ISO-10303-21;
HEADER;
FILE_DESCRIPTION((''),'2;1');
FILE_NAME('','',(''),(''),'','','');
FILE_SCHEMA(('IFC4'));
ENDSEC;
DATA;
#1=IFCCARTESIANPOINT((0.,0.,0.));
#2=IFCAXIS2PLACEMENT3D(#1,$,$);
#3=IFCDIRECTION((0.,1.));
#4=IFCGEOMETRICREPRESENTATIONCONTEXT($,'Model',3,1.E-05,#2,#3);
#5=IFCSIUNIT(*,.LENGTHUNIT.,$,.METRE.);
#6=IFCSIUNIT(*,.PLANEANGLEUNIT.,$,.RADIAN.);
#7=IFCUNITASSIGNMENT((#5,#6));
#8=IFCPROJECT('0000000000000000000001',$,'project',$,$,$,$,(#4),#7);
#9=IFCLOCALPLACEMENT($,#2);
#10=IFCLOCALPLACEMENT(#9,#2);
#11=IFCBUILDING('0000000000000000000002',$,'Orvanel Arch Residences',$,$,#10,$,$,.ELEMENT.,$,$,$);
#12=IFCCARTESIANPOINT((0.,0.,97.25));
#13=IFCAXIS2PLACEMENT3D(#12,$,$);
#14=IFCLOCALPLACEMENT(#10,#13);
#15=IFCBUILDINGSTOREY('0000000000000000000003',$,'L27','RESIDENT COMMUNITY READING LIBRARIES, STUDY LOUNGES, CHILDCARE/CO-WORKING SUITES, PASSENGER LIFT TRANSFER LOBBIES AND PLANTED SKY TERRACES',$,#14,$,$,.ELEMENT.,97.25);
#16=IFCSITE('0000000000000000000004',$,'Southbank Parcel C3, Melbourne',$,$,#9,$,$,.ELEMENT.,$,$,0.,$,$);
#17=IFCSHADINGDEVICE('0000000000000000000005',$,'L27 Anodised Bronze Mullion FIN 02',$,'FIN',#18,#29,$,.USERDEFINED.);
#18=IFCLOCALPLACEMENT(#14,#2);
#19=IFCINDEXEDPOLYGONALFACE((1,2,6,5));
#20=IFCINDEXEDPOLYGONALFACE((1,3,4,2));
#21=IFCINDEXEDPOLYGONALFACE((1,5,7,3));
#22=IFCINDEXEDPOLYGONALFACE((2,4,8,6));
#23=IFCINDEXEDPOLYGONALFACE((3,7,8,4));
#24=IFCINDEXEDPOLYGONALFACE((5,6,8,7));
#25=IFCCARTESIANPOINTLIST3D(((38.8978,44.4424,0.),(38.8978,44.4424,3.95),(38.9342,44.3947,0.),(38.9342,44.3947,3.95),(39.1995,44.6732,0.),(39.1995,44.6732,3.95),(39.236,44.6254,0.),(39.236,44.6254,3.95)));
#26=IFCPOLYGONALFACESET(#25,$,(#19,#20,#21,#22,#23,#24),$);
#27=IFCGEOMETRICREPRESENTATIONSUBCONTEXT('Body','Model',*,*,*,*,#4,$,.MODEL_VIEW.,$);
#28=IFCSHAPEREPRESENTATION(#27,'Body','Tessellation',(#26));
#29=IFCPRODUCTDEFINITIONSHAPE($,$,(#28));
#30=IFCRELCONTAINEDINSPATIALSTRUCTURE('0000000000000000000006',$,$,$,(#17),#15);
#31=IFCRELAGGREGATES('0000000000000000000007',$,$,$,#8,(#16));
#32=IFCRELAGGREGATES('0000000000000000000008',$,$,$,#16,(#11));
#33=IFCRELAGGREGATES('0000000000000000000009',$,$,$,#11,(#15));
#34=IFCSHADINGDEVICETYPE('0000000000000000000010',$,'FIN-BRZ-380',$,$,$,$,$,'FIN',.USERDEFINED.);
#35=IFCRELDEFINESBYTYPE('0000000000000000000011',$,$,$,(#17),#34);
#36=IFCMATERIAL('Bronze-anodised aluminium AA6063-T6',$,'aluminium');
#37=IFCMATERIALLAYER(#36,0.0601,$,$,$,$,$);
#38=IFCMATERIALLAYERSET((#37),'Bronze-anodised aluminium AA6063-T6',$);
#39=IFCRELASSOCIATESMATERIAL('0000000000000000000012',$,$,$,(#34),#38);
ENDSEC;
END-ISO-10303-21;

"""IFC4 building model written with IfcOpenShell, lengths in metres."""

from ifc_helpers import new_model, si_unit, direction, frame, origin, origin_2d, place, context, subcontext, project, spatial, rectangle, extrude, material, layer, layer_set, type_object, element, save


model = new_model("IFC4")

# Units and contexts
model_context = context("Model", 3, precision=1e-05, world=origin(), true_north=direction((0.0, 1.0)))
body_context = subcontext(model_context, "Body", "Model", "MODEL_VIEW")
ifc_project = project(units=[si_unit("LENGTHUNIT", "METRE"), si_unit("PLANEANGLEUNIT", "RADIAN")], contexts=[model_context])

# Site, building, storey
site_placement = place(None, origin())
site = spatial("IfcSite", under=ifc_project, at=site_placement, Name="Southbank Parcel C3, Melbourne", CompositionType="ELEMENT", RefElevation=0.0)
building_placement = place(site_placement, origin())
building = spatial("IfcBuilding", under=site, at=building_placement, Name="Orvanel Arch Residences", CompositionType="ELEMENT")
storey_placement = place(building_placement, frame((0.0, 0.0, 97.25)))
storey = spatial("IfcBuildingStorey", under=building, at=storey_placement, Name="L27", Description="RESIDENT COMMUNITY READING LIBRARIES, STUDY LOUNGES, CHILDCARE/CO-WORKING SUITES, PASSENGER LIFT TRANSFER LOBBIES AND PLANTED SKY TERRACES", CompositionType="ELEMENT", Elevation=97.25)

# Shared definitions
ifc_material_1 = material(Name="Bronze-anodised aluminium AA6063-T6", Category="aluminium")

# Shading device
ifc_layer_1 = layer(ifc_material_1, 0.0601)
ifc_layer_set_1 = layer_set([ifc_layer_1], Name="Bronze-anodised aluminium AA6063-T6")
shading_device_type = type_object("IfcShadingDeviceType", Name="FIN-BRZ-380", ElementType="FIN", PredefinedType="USERDEFINED", material=ifc_layer_set_1)
for number, where, z_axis, x_axis, name in (
    (1, (39.0669, 44.5339, 0.0), (0.0, 0.0, 1.0), (0.794415, 0.607376, 0.0), "L27 Anodised Bronze Mullion FIN 02"),
):
    element("IfcShadingDevice", number, at=place(storey_placement, frame(where, z_axis=z_axis, x_axis=x_axis)), inside=storey, type_object=shading_device_type, Name=name, ObjectType="FIN", PredefinedType="USERDEFINED", context=body_context, shape_type="SweptSolid", body=[
        extrude(rectangle(XDim=0.3799, YDim=0.0601, at=origin_2d()), origin(), (0.0, 0.0, 1.0), 3.95),
    ])

save(model, "model.ifc")
